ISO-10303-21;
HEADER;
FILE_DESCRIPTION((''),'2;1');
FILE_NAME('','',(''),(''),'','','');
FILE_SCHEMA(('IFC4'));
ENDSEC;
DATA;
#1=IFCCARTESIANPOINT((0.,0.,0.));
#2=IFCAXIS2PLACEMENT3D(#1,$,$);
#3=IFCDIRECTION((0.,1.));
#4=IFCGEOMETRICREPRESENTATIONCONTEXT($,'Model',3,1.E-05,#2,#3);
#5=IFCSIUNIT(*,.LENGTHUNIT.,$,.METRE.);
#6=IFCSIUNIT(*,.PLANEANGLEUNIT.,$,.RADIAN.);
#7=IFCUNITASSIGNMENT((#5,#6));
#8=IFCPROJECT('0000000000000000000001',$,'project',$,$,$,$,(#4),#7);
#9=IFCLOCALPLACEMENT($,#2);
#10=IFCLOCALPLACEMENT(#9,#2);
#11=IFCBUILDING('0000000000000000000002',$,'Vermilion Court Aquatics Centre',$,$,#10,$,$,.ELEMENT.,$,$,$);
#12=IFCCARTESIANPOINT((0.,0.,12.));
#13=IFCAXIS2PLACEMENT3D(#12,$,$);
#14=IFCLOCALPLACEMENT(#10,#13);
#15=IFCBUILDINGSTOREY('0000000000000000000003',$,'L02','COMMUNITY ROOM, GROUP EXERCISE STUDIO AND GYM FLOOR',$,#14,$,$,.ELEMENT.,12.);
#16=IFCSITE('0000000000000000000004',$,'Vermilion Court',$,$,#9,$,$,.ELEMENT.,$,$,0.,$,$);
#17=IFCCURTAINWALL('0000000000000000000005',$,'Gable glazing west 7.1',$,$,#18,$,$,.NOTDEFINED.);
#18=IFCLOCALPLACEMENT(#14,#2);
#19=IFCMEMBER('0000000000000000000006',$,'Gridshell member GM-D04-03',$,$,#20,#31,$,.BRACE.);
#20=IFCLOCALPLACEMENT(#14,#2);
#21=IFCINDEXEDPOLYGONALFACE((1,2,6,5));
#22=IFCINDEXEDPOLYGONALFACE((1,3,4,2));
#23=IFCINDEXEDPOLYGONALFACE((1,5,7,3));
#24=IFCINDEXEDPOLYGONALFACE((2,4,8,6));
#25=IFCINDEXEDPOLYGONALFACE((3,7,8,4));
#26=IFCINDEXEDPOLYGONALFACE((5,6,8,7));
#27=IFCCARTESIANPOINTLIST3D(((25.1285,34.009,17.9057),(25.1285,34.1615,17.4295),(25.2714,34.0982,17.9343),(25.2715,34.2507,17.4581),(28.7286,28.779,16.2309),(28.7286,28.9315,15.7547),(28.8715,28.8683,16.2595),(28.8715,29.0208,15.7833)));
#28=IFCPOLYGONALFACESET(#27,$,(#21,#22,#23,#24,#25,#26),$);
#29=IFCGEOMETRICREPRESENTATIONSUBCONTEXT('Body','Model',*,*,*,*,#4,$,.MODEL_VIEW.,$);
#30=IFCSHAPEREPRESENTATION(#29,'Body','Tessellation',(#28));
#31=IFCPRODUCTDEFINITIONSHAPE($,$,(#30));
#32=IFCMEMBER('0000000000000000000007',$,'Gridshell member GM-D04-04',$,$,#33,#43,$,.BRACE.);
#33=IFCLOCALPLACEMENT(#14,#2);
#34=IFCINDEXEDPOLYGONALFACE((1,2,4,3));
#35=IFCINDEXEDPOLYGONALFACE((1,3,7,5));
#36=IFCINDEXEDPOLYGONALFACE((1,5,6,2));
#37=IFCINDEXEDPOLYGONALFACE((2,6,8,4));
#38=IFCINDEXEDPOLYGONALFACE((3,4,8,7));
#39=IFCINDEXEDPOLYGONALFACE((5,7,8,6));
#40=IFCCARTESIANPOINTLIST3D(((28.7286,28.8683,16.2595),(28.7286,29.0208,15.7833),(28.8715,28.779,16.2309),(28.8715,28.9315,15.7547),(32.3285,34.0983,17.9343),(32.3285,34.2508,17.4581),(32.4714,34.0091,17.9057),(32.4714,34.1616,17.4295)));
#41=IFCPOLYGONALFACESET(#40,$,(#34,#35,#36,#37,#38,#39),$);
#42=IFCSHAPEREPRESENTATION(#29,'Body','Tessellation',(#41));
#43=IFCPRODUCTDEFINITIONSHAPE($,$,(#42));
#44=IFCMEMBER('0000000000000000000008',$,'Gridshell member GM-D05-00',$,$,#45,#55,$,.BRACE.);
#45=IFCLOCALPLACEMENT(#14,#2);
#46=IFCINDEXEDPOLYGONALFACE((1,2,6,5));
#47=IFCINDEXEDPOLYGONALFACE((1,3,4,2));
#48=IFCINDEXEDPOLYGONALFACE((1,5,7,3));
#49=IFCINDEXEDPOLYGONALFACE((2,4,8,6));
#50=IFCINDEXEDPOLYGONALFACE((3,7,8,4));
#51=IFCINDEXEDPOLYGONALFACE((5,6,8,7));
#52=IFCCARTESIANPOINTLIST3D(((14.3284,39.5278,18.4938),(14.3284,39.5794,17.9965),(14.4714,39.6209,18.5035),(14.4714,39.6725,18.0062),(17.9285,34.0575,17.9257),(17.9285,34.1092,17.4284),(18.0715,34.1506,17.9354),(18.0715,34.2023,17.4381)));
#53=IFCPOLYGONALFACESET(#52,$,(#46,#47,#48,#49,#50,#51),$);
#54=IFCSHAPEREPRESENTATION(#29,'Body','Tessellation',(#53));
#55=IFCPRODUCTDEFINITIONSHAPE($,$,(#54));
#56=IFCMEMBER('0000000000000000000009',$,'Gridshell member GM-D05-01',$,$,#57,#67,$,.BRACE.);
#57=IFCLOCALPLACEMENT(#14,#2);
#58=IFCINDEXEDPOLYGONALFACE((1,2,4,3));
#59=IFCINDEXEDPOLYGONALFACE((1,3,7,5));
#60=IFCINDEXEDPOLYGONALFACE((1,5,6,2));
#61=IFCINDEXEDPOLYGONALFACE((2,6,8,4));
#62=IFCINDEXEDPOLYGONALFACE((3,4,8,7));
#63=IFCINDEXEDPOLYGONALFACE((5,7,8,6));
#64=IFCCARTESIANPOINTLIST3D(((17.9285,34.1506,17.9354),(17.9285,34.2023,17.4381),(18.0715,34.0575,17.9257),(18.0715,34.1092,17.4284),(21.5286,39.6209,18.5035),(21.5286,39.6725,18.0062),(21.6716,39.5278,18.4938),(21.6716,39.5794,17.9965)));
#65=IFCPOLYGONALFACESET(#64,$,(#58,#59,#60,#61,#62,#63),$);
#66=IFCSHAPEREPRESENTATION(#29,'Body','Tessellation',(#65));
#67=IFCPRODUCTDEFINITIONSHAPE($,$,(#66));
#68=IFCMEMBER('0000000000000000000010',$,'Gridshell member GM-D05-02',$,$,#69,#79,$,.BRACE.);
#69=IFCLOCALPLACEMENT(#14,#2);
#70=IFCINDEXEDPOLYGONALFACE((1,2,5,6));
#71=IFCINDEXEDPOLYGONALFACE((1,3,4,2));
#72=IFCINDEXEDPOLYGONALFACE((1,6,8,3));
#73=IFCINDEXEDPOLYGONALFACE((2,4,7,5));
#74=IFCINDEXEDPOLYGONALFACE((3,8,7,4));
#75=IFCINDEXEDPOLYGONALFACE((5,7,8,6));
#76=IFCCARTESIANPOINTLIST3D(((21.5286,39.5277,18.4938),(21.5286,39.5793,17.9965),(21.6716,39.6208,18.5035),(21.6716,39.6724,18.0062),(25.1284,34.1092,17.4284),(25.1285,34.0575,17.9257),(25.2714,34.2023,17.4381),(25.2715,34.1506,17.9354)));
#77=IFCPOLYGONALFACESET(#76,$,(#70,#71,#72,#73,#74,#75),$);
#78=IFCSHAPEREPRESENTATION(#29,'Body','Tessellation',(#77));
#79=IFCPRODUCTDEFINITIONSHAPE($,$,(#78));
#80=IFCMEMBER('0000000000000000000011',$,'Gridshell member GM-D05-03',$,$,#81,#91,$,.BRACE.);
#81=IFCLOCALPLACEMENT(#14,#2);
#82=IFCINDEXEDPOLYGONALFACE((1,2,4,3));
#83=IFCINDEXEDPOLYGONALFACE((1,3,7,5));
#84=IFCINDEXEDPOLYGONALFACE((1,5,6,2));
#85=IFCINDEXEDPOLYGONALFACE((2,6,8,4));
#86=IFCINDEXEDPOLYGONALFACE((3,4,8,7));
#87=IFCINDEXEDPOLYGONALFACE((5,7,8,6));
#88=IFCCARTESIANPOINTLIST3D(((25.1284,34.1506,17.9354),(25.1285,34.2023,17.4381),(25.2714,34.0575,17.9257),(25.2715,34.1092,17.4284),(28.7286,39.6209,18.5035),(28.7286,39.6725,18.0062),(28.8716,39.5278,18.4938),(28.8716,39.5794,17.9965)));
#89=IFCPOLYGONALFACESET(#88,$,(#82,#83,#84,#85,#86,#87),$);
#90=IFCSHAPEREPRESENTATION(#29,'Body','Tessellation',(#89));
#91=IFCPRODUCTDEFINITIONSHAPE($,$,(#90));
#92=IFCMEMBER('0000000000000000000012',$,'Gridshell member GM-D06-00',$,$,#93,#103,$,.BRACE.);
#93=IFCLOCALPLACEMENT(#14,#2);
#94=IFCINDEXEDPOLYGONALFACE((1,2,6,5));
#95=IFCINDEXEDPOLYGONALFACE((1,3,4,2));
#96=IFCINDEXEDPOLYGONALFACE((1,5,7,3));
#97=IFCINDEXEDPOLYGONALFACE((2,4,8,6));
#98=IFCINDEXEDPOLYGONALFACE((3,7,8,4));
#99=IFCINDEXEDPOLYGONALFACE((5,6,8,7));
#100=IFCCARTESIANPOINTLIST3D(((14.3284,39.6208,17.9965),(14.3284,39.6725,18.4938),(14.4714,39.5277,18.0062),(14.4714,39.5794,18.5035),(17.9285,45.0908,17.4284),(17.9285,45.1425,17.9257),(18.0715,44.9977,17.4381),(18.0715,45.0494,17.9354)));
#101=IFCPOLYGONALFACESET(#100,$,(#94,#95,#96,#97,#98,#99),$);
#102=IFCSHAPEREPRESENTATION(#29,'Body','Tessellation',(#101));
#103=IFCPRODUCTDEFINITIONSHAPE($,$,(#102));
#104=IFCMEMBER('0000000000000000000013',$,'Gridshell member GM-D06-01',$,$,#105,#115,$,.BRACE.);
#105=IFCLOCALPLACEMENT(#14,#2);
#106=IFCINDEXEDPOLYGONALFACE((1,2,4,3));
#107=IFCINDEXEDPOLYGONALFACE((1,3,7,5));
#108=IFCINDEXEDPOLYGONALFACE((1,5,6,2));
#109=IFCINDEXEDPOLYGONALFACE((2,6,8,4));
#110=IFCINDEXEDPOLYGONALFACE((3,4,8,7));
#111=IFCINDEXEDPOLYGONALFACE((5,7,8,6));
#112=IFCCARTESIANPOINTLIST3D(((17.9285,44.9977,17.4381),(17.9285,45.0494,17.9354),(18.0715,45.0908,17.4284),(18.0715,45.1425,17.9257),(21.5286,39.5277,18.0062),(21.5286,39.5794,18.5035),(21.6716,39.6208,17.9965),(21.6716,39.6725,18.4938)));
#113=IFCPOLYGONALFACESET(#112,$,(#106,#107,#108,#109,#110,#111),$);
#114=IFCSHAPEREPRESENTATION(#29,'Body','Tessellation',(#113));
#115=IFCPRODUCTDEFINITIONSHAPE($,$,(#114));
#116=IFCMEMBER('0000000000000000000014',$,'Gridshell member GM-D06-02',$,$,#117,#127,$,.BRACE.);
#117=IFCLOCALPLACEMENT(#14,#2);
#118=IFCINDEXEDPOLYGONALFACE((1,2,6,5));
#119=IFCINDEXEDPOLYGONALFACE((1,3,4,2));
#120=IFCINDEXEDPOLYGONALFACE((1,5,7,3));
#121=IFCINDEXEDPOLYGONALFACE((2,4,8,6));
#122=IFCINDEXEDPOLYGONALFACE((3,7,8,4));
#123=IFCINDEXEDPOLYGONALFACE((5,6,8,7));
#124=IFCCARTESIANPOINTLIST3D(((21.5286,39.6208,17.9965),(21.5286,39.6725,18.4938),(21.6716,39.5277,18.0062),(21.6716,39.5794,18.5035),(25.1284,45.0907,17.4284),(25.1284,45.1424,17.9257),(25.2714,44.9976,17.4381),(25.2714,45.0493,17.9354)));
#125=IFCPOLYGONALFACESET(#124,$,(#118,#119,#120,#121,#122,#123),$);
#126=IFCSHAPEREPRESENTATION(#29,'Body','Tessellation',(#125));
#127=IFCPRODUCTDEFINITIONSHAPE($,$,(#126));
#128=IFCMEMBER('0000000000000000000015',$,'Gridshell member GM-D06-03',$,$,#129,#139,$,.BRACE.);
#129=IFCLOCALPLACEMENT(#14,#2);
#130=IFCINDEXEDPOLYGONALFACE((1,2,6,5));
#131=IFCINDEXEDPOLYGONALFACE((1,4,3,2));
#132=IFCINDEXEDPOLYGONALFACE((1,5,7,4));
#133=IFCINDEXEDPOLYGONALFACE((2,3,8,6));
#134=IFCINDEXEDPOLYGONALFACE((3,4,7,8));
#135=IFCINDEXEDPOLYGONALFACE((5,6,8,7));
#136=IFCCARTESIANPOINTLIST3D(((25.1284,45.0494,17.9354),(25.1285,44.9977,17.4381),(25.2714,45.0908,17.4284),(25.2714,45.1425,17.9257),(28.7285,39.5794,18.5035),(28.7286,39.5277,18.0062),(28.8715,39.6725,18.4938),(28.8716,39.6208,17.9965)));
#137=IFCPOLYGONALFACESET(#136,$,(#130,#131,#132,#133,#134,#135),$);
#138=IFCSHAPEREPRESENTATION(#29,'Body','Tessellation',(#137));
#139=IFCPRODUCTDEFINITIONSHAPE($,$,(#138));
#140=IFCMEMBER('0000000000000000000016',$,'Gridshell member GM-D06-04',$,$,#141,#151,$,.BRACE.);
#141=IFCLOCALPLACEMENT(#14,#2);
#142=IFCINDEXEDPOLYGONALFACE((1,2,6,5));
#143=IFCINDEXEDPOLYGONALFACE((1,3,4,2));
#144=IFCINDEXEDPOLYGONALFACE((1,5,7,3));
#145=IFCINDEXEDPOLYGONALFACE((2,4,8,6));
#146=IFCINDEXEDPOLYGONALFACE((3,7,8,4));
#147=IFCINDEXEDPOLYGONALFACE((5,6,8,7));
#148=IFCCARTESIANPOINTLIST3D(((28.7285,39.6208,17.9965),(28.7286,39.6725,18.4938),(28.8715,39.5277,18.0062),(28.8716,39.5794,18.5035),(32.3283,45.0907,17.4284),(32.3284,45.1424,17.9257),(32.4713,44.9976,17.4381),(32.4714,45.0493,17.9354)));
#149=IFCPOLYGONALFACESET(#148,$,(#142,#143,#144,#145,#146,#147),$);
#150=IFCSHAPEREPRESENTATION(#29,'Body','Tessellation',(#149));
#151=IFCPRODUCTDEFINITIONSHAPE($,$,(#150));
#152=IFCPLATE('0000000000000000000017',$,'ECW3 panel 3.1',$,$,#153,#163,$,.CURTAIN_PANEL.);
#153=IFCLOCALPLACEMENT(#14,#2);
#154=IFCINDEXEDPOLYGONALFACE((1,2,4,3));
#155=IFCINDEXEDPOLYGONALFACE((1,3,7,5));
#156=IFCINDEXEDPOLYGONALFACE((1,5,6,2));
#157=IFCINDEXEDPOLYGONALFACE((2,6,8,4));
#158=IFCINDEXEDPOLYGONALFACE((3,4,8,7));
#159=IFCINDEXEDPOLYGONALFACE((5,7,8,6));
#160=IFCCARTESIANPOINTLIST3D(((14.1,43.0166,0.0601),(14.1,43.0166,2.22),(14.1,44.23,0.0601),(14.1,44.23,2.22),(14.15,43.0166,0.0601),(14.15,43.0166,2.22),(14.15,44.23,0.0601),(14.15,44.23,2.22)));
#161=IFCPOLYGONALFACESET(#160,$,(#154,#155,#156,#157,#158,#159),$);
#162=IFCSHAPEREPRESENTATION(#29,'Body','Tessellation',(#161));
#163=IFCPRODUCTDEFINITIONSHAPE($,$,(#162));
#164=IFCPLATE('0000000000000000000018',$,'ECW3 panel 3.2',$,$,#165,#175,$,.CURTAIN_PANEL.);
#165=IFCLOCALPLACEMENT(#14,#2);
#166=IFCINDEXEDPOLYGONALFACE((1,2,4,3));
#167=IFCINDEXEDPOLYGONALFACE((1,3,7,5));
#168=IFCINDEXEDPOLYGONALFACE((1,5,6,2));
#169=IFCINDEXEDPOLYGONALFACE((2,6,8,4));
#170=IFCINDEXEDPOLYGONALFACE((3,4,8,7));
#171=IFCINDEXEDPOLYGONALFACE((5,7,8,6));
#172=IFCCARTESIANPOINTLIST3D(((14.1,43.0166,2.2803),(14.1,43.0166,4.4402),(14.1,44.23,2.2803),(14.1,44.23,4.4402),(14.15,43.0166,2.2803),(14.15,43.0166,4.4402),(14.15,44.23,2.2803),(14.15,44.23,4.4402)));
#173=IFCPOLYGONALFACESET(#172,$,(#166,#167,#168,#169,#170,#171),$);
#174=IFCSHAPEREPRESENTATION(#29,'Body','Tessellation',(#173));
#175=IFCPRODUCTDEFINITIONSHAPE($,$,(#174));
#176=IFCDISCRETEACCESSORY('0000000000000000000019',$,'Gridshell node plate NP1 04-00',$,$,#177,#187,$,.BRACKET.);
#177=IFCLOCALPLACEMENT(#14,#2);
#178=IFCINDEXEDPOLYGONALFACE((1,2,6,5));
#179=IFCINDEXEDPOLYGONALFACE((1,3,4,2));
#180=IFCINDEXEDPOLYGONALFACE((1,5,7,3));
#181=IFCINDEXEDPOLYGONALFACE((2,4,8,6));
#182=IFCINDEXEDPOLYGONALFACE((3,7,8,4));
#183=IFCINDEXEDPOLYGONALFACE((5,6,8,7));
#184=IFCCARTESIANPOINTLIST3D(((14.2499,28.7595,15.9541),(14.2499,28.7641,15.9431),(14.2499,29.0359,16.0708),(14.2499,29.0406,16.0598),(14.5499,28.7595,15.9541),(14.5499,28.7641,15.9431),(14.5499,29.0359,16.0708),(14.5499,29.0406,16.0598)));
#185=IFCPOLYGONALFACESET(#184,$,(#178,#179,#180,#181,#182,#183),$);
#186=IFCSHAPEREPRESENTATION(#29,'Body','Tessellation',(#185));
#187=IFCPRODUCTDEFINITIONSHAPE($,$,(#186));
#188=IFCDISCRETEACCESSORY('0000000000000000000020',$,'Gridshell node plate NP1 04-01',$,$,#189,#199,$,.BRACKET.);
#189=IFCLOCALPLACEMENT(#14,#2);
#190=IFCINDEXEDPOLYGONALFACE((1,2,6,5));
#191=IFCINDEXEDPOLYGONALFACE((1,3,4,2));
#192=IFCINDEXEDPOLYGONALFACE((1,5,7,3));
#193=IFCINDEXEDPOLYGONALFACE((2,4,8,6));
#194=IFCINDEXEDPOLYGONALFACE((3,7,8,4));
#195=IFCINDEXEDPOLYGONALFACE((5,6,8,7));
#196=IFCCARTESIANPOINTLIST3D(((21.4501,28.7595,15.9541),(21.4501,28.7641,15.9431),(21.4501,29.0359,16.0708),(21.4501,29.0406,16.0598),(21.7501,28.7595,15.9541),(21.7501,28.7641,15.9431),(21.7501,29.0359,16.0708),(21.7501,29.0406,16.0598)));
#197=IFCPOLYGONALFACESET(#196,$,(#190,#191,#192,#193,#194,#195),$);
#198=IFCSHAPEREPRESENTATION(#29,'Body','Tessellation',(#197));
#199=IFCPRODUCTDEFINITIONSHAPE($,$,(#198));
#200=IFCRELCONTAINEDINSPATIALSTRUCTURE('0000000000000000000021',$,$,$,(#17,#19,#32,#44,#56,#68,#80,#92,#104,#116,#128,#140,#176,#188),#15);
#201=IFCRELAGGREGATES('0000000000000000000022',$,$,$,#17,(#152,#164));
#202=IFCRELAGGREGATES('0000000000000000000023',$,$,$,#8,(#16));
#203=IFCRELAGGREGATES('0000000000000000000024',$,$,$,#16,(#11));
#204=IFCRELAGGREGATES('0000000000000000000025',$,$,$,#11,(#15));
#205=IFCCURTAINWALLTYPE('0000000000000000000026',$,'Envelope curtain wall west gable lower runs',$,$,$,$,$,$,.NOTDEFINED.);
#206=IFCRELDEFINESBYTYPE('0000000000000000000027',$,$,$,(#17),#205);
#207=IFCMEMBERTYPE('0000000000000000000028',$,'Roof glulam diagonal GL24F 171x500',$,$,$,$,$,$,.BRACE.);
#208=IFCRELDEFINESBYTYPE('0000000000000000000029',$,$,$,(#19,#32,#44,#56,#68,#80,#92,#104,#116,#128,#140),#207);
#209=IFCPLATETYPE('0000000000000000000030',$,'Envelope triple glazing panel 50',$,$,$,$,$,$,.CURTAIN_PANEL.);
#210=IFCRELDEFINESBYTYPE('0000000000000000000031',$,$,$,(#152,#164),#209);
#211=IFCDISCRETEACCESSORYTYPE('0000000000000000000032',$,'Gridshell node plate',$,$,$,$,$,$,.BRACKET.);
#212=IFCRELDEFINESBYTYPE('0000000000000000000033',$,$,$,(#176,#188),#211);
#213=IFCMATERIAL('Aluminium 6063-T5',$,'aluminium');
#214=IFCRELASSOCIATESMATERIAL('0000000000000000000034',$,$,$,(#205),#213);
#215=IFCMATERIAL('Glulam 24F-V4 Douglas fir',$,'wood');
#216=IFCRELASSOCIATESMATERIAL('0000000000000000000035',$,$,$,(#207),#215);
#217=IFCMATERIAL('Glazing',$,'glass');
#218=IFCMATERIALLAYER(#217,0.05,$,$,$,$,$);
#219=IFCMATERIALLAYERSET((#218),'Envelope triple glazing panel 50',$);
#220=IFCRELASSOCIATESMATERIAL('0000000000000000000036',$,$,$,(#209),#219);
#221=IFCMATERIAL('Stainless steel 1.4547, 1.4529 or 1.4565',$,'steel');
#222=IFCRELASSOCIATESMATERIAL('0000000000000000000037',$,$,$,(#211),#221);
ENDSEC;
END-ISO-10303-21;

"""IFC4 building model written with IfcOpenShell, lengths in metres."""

from ifc_helpers import new_model, si_unit, direction, frame, origin, origin_2d, place, context, subcontext, project, spatial, rectangle, extrude, material, layer, layer_set, material_profile, profile_set, type_object, element, aggregate, save


model = new_model("IFC4")

# Units and contexts
model_context = context("Model", 3, precision=1e-05, world=origin(), true_north=direction((0.0, 1.0)))
body_context = subcontext(model_context, "Body", "Model", "MODEL_VIEW")
ifc_project = project(units=[si_unit("LENGTHUNIT", "METRE"), si_unit("PLANEANGLEUNIT", "RADIAN")], contexts=[model_context])

# Site, building, storey
site_placement = place(None, origin())
site = spatial("IfcSite", under=ifc_project, at=site_placement, Name="Vermilion Court", CompositionType="ELEMENT", RefElevation=0.0)
building_placement = place(site_placement, origin())
building = spatial("IfcBuilding", under=site, at=building_placement, Name="Vermilion Court Aquatics Centre", CompositionType="ELEMENT")
storey_placement = place(building_placement, frame((0.0, 0.0, 12.0)))
storey = spatial("IfcBuildingStorey", under=building, at=storey_placement, Name="L02", Description="COMMUNITY ROOM, GROUP EXERCISE STUDIO AND GYM FLOOR", CompositionType="ELEMENT", Elevation=12.0)

# Curtain wall
ifc_material_1 = material(Name="Aluminium 6063-T5", Category="aluminium")
curtain_wall_type = type_object("IfcCurtainWallType", Name="Envelope curtain wall west gable lower runs", PredefinedType="NOTDEFINED", material=ifc_material_1)
curtain_wall_placement = place(storey_placement, origin())
curtain_wall = element("IfcCurtainWall", 1, at=curtain_wall_placement, inside=storey, type_object=curtain_wall_type, Name="Gable glazing west 7.1", PredefinedType="NOTDEFINED")

# Members
ifc_material_2 = material(Name="Glulam 24F-V4 Douglas fir", Category="wood")
ifc_material_profile_1 = material_profile(ifc_material_2, rectangle(XDim=0.1709, YDim=0.5, at=origin_2d()), Name="GL24F 171x500")
ifc_profile_set_1 = profile_set([ifc_material_profile_1], Name="Glulam 24F-V4 Douglas fir")
member_type_1 = type_object("IfcMemberType", Name="Roof glulam diagonal GL24F 171x500", PredefinedType="BRACE", material=ifc_profile_set_1)
for number, where, z_axis, x_axis, name in (
    (2, (28.8, 28.8999, 16.0071), (-0.548256, 0.796469, 0.255055), (-0.836311, -0.522113, -0.167278), "Gridshell member GM-D04-03"),
    (3, (28.8, 28.8999, 16.0071), (0.54823, 0.796485, 0.25506), (-0.836328, 0.522086, 0.167278), "Gridshell member GM-D04-04"),
):
    element("IfcMember", number, at=place(storey_placement, frame(where, z_axis=z_axis, x_axis=x_axis)), inside=storey, type_object=member_type_1, Name=name, PredefinedType="BRACE", context=body_context, shape_type="SweptSolid", body=[
        extrude(rectangle(XDim=0.1709, YDim=0.5, at=origin_2d()), origin(), (0.0, 0.0, 1.0), 6.5664),
    ])
for number, where, z_axis, x_axis, name in (
    (4, (18.0, 34.1299, 17.6819), (-0.547695, 0.832202, 0.086429), (-0.836678, -0.54477, -0.056532), "Gridshell member GM-D05-00"),
    (5, (18.0, 34.1299, 17.6819), (0.547695, 0.832202, 0.086429), (-0.836678, 0.54477, 0.056532), "Gridshell member GM-D05-01"),
):
    element("IfcMember", number, at=place(storey_placement, frame(where, z_axis=z_axis, x_axis=x_axis)), inside=storey, type_object=member_type_1, Name=name, PredefinedType="BRACE", context=body_context, shape_type="SweptSolid", body=[
        extrude(rectangle(XDim=0.1709, YDim=0.5, at=origin_2d()), origin(), (0.0, 0.0, 1.0), 6.5732),
    ])
member_1_placement = place(storey_placement, frame((25.2, 34.1299, 17.6819), z_axis=(-0.547669, 0.832219, 0.086431), x_axis=(-0.836695, -0.544743, -0.056532)))
element("IfcMember", 6, at=member_1_placement, inside=storey, type_object=member_type_1, Name="Gridshell member GM-D05-02", PredefinedType="BRACE", context=body_context, shape_type="SweptSolid", body=[
    extrude(rectangle(XDim=0.1709, YDim=0.5, at=origin_2d()), origin(), (0.0, 0.0, 1.0), 6.573),
])
member_2_placement = place(storey_placement, frame((25.2, 34.1299, 17.6819), z_axis=(0.547695, 0.832202, 0.086429), x_axis=(-0.836678, 0.54477, 0.056532)))
element("IfcMember", 7, at=member_2_placement, inside=storey, type_object=member_type_1, Name="Gridshell member GM-D05-03", PredefinedType="BRACE", context=body_context, shape_type="SweptSolid", body=[
    extrude(rectangle(XDim=0.1709, YDim=0.5, at=origin_2d()), origin(), (0.0, 0.0, 1.0), 6.5732),
])
for number, where, z_axis, x_axis, name in (
    (8, (14.3999, 39.6001, 18.25), (0.547712, 0.832191, -0.086432), (-0.836667, 0.544787, -0.056532), "Gridshell member GM-D06-00"),
    (9, (21.6001, 39.6001, 18.25), (-0.547712, 0.832191, -0.086432), (-0.836667, -0.544787, 0.056532), "Gridshell member GM-D06-01"),
):
    element("IfcMember", number, at=place(storey_placement, frame(where, z_axis=z_axis, x_axis=x_axis)), inside=storey, type_object=member_type_1, Name=name, PredefinedType="BRACE", context=body_context, shape_type="SweptSolid", body=[
        extrude(rectangle(XDim=0.1709, YDim=0.5, at=origin_2d()), origin(), (0.0, 0.0, 1.0), 6.573),
    ])
member_3_placement = place(storey_placement, frame((21.6001, 39.6001, 18.25), z_axis=(0.547686, 0.832208, -0.086434), x_axis=(-0.836684, 0.54476, -0.056532)))
element("IfcMember", 10, at=member_3_placement, inside=storey, type_object=member_type_1, Name="Gridshell member GM-D06-02", PredefinedType="BRACE", context=body_context, shape_type="SweptSolid", body=[
    extrude(rectangle(XDim=0.1709, YDim=0.5, at=origin_2d()), origin(), (0.0, 0.0, 1.0), 6.5728),
])
member_4_placement = place(storey_placement, frame((28.8, 39.6001, 18.25), z_axis=(-0.547712, 0.832191, -0.086432), x_axis=(-0.836667, -0.544787, 0.056532)))
element("IfcMember", 11, at=member_4_placement, inside=storey, type_object=member_type_1, Name="Gridshell member GM-D06-03", PredefinedType="BRACE", context=body_context, shape_type="SweptSolid", body=[
    extrude(rectangle(XDim=0.1709, YDim=0.5, at=origin_2d()), origin(), (0.0, 0.0, 1.0), 6.573),
])
member_5_placement = place(storey_placement, frame((28.8, 39.6001, 18.25), z_axis=(0.547686, 0.832208, -0.086434), x_axis=(-0.836684, 0.54476, -0.056532)))
element("IfcMember", 12, at=member_5_placement, inside=storey, type_object=member_type_1, Name="Gridshell member GM-D06-04", PredefinedType="BRACE", context=body_context, shape_type="SweptSolid", body=[
    extrude(rectangle(XDim=0.1709, YDim=0.5, at=origin_2d()), origin(), (0.0, 0.0, 1.0), 6.5728),
])

# Plates
ifc_material_3 = material(Name="Glazing", Category="glass")
ifc_layer = layer(ifc_material_3, 0.05)
ifc_layer_set = layer_set([ifc_layer], Name="Envelope triple glazing panel 50")
plate_type = type_object("IfcPlateType", Name="Envelope triple glazing panel 50", PredefinedType="CURTAIN_PANEL", material=ifc_layer_set)
plate_1_placement = place(storey_placement, frame((14.125, 43.6233, 0.0601), z_axis=(0.0, 0.0, 1.0), x_axis=(0.0, 1.0, 0.0)))
plate_1 = element("IfcPlate", 13, at=plate_1_placement, type_object=plate_type, Name="ECW3 panel 3.1", PredefinedType="CURTAIN_PANEL", context=body_context, shape_type="SweptSolid", body=[
    extrude(rectangle(XDim=1.2134, YDim=0.05, at=origin_2d()), origin(), (0.0, 0.0, 1.0), 2.1599),
])
plate_2_placement = place(storey_placement, frame((14.125, 43.6233, 2.2803), z_axis=(0.0, 0.0, 1.0), x_axis=(0.0, 1.0, 0.0)))
plate_2 = element("IfcPlate", 14, at=plate_2_placement, type_object=plate_type, Name="ECW3 panel 3.2", PredefinedType="CURTAIN_PANEL", context=body_context, shape_type="SweptSolid", body=[
    extrude(rectangle(XDim=1.2134, YDim=0.05, at=origin_2d()), origin(), (0.0, 0.0, 1.0), 2.1599),
])
aggregate(curtain_wall, [plate_1, plate_2])

# Discrete accessories
ifc_material_4 = material(Name="Stainless steel 1.4547, 1.4529 or 1.4565", Category="steel")
ifc_material_profile_2 = material_profile(ifc_material_4, rectangle(XDim=0.3, YDim=0.3, at=origin_2d()), Name="PL 12 x 300 x 300")
ifc_profile_set_2 = profile_set([ifc_material_profile_2], Name="Stainless steel 1.4547, 1.4529 or 1.4565")
discrete_accessory_type = type_object("IfcDiscreteAccessoryType", Name="Gridshell node plate", PredefinedType="BRACKET", material=ifc_profile_set_2)
for number, where, z_axis, x_axis, name in (
    (15, (14.3999, 28.9023, 16.0015), (0.0, -0.388972, 0.92125), (1.0, 0.0, 0.0), "Gridshell node plate NP1 04-00"),
    (16, (21.6001, 28.9023, 16.0015), (0.0, -0.388972, 0.92125), (1.0, 0.0, 0.0), "Gridshell node plate NP1 04-01"),
):
    element("IfcDiscreteAccessory", number, at=place(storey_placement, frame(where, z_axis=z_axis, x_axis=x_axis)), inside=storey, type_object=discrete_accessory_type, Name=name, PredefinedType="BRACKET", context=body_context, shape_type="SweptSolid", body=[
        extrude(rectangle(XDim=0.3, YDim=0.3, at=origin_2d()), origin(), (0.0, 0.0, 1.0), 0.012),
    ])

save(model, "model.ifc")
